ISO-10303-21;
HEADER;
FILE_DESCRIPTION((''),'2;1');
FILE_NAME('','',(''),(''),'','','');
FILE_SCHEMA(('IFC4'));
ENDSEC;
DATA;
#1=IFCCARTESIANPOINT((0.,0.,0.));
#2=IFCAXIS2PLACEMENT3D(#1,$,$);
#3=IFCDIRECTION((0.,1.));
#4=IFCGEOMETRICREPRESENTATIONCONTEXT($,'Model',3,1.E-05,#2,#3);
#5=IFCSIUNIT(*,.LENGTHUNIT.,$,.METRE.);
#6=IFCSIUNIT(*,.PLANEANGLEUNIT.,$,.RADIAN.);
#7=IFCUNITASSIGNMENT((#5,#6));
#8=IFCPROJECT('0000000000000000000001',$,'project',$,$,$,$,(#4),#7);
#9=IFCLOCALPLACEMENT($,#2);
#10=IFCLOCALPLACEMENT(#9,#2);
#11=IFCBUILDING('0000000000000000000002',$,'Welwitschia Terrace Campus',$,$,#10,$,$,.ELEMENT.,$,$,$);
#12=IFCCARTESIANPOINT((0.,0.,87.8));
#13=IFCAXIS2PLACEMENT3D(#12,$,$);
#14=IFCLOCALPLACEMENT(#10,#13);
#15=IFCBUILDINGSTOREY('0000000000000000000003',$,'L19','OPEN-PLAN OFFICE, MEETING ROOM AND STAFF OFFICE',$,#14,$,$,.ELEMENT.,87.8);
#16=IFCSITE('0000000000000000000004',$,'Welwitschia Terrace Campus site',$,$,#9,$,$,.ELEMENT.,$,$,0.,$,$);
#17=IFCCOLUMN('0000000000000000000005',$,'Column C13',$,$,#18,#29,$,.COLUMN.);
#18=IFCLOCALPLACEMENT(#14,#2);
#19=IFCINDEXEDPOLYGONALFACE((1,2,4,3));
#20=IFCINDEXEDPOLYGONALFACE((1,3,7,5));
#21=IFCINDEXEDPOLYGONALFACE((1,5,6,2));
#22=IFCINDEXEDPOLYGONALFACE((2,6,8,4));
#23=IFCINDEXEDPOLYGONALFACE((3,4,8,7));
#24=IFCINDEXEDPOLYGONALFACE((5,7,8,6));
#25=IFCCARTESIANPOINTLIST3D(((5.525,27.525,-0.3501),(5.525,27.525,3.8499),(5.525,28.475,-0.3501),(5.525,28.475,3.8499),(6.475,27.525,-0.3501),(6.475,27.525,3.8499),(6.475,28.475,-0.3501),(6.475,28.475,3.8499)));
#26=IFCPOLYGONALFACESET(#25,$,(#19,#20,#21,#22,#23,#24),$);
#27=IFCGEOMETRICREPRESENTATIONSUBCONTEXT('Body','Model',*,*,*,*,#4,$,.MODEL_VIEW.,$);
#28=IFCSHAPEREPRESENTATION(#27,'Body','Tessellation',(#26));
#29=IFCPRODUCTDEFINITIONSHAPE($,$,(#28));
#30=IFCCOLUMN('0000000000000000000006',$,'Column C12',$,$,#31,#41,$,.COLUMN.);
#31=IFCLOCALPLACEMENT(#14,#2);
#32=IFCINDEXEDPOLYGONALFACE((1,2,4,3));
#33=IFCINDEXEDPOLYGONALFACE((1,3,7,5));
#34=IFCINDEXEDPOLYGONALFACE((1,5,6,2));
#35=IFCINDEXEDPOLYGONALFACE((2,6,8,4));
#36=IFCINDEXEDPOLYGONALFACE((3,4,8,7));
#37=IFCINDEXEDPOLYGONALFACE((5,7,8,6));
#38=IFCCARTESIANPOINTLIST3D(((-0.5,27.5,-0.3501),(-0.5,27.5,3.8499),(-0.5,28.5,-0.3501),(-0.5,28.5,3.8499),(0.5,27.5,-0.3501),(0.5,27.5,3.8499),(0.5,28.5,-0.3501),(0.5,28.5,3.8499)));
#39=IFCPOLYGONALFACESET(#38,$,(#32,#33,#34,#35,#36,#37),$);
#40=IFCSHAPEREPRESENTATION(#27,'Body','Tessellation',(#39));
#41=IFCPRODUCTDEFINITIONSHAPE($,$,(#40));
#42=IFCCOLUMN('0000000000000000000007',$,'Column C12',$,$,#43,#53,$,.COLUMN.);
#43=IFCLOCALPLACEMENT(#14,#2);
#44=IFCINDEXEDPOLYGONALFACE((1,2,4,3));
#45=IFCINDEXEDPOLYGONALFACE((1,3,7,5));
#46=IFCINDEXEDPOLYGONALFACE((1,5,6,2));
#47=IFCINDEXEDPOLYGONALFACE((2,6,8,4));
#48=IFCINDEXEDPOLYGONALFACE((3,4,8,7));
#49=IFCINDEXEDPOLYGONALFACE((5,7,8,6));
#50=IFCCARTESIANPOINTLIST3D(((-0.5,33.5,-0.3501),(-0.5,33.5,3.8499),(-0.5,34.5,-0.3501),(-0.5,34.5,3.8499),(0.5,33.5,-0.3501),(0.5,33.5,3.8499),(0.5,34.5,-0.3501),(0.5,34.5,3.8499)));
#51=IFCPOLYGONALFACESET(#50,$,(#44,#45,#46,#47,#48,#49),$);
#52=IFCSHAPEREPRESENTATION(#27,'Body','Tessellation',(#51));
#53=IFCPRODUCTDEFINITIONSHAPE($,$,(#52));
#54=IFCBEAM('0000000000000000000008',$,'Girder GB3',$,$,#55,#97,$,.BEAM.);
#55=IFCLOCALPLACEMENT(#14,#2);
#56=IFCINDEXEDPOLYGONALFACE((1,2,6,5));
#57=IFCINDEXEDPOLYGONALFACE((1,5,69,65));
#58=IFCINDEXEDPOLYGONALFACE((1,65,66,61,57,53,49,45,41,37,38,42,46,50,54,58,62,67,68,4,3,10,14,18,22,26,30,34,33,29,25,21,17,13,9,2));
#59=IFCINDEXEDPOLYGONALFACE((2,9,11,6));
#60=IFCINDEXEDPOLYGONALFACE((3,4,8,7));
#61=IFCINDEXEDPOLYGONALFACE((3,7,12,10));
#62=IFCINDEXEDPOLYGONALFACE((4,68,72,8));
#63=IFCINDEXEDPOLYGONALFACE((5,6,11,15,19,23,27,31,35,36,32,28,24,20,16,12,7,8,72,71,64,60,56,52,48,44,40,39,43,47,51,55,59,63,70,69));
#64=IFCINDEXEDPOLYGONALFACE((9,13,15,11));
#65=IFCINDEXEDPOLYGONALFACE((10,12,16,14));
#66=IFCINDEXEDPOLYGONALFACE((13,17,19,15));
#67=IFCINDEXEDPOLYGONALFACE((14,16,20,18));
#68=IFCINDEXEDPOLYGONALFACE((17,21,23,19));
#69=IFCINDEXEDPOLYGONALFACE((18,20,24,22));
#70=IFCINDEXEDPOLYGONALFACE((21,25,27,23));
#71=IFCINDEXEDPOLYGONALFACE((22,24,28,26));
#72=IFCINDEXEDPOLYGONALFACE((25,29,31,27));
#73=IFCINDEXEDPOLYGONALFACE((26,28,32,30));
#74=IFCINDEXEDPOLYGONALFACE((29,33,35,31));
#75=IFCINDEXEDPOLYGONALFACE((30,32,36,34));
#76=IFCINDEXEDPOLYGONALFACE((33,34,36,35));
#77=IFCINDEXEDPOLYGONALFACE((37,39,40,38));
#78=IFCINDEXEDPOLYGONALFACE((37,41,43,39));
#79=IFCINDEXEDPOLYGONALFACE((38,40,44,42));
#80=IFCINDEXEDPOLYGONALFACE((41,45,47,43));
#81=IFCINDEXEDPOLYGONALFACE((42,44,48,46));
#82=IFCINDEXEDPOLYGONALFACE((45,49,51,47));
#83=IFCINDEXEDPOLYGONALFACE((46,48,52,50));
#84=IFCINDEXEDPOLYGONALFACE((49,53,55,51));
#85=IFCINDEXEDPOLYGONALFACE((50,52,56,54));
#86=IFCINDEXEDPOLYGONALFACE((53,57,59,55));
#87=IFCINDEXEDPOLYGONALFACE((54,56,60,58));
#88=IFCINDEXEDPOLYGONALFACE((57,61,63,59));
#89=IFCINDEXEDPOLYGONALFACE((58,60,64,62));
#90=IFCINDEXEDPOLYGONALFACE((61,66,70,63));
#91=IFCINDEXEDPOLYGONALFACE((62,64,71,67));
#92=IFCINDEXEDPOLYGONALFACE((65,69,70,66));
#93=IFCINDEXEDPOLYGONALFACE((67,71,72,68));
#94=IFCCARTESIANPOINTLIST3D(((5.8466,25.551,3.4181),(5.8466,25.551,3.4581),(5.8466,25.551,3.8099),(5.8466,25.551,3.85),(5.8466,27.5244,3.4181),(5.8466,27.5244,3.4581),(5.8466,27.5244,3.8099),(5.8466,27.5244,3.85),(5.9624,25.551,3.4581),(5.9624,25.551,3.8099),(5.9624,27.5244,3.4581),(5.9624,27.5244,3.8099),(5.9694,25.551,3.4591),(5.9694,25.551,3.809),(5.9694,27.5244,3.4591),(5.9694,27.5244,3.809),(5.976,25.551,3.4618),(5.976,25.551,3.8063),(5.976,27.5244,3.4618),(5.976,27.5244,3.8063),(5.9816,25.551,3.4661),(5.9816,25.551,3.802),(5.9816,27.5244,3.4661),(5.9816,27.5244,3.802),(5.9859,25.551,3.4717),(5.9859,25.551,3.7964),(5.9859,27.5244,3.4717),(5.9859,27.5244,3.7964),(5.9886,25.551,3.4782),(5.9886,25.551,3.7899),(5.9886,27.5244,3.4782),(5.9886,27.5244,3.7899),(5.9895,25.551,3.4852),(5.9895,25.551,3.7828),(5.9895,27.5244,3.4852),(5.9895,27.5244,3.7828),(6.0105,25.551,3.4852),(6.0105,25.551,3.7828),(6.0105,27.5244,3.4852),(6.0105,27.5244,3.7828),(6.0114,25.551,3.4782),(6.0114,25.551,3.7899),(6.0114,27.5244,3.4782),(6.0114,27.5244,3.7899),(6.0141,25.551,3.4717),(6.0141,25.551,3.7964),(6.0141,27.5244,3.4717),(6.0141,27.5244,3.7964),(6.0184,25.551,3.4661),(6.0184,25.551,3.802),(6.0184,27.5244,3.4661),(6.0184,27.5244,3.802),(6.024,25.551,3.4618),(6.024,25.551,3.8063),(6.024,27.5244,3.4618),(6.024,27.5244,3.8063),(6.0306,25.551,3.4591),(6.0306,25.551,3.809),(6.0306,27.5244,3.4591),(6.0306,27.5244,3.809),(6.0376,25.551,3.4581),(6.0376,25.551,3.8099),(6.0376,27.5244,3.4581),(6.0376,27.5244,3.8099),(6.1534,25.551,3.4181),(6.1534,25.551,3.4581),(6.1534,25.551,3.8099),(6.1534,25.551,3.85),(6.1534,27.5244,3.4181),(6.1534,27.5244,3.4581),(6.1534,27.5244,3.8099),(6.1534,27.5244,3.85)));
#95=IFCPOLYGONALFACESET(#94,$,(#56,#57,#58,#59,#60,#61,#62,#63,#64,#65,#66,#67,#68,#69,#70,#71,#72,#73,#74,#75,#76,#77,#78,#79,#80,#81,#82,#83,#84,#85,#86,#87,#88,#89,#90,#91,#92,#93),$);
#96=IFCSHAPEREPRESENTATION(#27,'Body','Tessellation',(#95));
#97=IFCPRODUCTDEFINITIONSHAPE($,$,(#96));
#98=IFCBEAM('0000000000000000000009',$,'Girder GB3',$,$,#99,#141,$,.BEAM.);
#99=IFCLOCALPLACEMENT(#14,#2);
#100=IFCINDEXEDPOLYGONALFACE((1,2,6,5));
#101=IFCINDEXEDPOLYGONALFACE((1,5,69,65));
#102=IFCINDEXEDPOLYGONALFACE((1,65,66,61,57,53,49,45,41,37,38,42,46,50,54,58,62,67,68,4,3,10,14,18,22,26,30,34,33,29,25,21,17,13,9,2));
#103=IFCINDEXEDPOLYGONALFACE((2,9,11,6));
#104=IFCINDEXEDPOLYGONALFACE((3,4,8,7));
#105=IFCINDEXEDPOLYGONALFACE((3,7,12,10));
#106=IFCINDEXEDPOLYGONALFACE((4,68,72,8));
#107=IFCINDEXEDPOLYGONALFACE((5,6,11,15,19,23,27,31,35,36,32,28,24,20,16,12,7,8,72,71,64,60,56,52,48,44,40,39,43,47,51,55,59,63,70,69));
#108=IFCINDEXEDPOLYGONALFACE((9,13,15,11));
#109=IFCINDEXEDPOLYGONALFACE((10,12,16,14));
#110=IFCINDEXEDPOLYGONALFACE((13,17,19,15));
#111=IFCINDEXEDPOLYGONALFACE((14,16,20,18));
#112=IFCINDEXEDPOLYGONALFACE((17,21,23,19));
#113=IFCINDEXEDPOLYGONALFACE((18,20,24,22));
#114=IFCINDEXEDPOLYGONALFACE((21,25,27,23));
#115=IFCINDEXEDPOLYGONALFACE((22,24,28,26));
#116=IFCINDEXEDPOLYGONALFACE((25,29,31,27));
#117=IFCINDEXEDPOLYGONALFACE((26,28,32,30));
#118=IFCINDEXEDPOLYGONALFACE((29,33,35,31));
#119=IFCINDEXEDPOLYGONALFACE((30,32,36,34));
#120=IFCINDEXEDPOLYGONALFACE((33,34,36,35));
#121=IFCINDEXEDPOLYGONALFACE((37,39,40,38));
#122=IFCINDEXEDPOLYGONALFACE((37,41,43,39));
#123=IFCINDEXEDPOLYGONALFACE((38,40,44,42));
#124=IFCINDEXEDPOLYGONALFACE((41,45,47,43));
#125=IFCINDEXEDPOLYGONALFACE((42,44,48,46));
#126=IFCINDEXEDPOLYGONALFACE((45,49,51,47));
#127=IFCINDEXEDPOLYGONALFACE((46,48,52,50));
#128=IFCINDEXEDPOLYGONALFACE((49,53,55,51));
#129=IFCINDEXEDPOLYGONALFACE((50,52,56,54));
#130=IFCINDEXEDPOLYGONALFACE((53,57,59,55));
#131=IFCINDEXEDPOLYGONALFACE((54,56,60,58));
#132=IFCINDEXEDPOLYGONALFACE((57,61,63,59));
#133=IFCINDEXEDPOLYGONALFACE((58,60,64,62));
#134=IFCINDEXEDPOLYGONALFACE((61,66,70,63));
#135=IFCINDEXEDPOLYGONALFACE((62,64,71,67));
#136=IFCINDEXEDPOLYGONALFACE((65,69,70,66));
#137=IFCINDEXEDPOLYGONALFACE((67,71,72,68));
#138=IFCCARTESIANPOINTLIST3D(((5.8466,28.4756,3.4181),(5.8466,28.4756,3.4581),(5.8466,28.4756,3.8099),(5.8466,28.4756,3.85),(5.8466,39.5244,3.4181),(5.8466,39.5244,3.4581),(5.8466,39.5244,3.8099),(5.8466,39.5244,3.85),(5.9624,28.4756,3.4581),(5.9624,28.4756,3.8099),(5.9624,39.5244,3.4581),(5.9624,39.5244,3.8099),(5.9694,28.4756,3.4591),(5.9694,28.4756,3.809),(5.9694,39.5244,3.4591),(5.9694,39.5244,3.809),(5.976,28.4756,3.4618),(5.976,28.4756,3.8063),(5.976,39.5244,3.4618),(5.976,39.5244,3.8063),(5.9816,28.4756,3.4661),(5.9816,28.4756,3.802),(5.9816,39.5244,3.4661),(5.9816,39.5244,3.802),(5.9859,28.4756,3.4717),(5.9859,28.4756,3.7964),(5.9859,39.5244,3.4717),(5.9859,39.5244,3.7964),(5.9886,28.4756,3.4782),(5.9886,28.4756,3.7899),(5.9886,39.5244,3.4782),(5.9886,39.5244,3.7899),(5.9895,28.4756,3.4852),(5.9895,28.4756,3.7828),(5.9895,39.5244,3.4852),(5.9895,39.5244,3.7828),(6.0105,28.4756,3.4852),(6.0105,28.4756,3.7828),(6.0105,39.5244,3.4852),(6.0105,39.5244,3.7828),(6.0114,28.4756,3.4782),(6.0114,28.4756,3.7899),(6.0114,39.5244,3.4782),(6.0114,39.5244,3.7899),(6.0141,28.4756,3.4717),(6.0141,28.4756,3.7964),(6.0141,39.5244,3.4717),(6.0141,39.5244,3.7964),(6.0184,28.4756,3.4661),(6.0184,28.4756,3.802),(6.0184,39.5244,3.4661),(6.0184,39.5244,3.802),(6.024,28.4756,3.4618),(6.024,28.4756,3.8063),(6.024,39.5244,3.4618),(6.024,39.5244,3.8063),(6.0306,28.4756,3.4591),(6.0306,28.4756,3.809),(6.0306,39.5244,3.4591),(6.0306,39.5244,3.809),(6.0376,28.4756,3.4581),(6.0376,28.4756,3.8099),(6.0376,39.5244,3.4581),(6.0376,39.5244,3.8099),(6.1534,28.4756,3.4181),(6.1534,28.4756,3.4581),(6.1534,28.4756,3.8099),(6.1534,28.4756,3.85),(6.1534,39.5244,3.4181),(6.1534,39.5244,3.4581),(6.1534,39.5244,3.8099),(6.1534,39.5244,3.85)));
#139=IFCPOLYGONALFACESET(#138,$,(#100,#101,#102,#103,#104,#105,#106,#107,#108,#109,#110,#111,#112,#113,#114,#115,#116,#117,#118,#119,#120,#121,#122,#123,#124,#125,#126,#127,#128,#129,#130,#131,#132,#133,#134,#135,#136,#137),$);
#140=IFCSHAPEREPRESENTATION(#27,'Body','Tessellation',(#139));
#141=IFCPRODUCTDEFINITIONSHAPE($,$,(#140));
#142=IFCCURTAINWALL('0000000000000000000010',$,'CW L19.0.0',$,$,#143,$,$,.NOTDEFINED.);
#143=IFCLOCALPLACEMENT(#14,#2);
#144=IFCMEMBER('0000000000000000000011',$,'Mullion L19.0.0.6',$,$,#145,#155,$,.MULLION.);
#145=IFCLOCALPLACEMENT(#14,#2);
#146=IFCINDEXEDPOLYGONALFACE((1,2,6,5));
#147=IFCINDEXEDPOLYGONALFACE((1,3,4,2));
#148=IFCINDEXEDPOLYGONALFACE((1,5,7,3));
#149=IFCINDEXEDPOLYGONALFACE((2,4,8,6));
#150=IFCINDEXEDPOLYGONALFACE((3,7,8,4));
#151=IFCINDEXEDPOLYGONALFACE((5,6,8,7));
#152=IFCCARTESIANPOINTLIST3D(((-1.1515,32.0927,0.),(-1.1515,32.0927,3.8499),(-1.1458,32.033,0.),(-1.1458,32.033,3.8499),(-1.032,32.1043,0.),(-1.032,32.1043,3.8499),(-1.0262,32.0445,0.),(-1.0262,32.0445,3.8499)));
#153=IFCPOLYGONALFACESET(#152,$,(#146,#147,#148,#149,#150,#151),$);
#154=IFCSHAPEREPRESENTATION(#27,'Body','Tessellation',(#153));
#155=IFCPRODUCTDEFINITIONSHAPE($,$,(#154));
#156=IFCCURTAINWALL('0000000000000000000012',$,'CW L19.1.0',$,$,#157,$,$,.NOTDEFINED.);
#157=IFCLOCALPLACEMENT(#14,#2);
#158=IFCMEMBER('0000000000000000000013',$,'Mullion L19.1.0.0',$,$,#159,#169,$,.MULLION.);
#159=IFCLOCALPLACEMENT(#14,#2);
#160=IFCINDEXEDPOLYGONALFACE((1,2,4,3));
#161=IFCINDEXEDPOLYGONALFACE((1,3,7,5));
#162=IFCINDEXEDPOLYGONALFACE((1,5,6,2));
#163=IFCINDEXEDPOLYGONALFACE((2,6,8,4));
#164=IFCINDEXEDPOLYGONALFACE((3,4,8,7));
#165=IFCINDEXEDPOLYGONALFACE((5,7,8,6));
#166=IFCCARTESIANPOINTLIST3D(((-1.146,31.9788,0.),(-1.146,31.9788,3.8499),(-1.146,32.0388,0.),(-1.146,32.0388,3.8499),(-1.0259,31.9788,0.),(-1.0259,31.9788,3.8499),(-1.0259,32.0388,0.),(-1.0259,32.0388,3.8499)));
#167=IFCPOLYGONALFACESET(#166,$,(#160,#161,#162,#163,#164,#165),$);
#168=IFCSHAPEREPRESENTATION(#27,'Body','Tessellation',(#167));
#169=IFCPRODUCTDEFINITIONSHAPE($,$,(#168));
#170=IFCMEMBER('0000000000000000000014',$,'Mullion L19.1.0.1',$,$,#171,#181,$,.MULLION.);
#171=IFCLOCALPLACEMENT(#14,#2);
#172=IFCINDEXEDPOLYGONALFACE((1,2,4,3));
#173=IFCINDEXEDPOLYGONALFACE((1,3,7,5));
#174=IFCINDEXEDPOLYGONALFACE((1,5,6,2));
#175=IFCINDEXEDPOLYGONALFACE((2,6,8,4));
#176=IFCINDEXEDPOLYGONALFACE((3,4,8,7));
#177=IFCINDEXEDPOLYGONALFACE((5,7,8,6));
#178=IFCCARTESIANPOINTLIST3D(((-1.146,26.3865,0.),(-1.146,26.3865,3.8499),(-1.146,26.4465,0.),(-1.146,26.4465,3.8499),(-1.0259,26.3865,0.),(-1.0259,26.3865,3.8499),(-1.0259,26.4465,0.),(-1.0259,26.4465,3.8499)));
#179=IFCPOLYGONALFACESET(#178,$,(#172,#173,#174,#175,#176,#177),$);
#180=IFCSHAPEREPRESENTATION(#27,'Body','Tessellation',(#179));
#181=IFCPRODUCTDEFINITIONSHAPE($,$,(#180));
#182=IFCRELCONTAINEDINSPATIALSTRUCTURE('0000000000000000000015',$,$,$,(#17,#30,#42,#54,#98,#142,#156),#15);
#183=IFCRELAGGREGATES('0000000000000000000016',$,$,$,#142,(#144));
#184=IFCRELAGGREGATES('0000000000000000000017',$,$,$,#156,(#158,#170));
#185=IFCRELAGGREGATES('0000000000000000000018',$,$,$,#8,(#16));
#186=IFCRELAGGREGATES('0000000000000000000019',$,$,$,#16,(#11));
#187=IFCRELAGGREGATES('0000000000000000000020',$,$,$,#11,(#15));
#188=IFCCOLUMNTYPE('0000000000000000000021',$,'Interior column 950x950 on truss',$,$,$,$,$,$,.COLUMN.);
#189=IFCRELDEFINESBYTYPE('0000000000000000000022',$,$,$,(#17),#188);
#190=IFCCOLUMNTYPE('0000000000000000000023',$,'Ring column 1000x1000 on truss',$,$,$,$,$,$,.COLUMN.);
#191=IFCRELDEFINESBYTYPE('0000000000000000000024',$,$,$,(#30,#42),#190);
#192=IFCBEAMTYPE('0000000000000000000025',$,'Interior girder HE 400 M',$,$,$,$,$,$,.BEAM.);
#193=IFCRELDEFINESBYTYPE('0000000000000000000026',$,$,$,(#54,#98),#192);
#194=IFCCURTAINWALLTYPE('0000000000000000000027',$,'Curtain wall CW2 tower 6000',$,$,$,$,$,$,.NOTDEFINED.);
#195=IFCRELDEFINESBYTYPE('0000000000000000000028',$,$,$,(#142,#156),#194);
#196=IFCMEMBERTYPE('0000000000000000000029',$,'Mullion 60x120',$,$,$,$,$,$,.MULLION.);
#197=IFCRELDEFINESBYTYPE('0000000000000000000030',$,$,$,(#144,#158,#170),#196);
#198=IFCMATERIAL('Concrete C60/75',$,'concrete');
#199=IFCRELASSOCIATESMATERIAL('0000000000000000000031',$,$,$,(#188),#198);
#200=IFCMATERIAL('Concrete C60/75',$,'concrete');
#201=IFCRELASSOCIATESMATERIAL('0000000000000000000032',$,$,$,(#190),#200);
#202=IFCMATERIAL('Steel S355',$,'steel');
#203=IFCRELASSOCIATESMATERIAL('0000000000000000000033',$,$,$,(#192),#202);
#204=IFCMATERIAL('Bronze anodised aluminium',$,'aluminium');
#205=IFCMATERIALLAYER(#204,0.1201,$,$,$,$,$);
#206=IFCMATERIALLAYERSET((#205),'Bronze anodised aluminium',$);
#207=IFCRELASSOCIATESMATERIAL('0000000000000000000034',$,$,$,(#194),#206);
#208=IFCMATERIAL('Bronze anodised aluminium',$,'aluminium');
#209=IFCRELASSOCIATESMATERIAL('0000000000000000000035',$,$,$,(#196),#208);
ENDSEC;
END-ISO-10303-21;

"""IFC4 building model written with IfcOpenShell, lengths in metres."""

from ifc_helpers import new_model, si_unit, direction, frame, origin, origin_2d, place, context, subcontext, project, spatial, rectangle, i_section, extrude, material, layer, layer_set, material_profile, profile_set, type_object, element, aggregate, save


model = new_model("IFC4")

# Units and contexts
model_context = context("Model", 3, precision=1e-05, world=origin(), true_north=direction((0.0, 1.0)))
body_context = subcontext(model_context, "Body", "Model", "MODEL_VIEW")
ifc_project = project(units=[si_unit("LENGTHUNIT", "METRE"), si_unit("PLANEANGLEUNIT", "RADIAN")], contexts=[model_context])

# Site, building, storey
site_placement = place(None, origin())
site = spatial("IfcSite", under=ifc_project, at=site_placement, Name="Welwitschia Terrace Campus site", CompositionType="ELEMENT", RefElevation=0.0)
building_placement = place(site_placement, origin())
building = spatial("IfcBuilding", under=site, at=building_placement, Name="Welwitschia Terrace Campus", CompositionType="ELEMENT")
storey_placement = place(building_placement, frame((0.0, 0.0, 87.8)))
storey = spatial("IfcBuildingStorey", under=building, at=storey_placement, Name="L19", Description="OPEN-PLAN OFFICE, MEETING ROOM AND STAFF OFFICE", CompositionType="ELEMENT", Elevation=87.8)

# Columns
ifc_material_1 = material(Name="Concrete C60/75", Category="concrete")
ifc_material_profile_1 = material_profile(ifc_material_1, rectangle(XDim=0.95, YDim=0.95, at=origin_2d()))
ifc_profile_set_1 = profile_set([ifc_material_profile_1], Name="Concrete C60/75")
column_type_1 = type_object("IfcColumnType", Name="Interior column 950x950 on truss", PredefinedType="COLUMN", material=ifc_profile_set_1)
column_placement = place(storey_placement, frame((6.0, 28.0, -0.3501), z_axis=(0.0, 0.0, 1.0), x_axis=(1.0, 0.0, 0.0)))
element("IfcColumn", 1, at=column_placement, inside=storey, type_object=column_type_1, Name="Column C13", PredefinedType="COLUMN", context=body_context, shape_type="SweptSolid", body=[
    extrude(rectangle(XDim=0.95, YDim=0.95, at=origin_2d()), origin(), (0.0, 0.0, 1.0), 4.2),
])
ifc_material_2 = material(Name="Concrete C60/75", Category="concrete")
ifc_material_profile_2 = material_profile(ifc_material_2, rectangle(XDim=1.0, YDim=1.0, at=origin_2d()))
ifc_profile_set_2 = profile_set([ifc_material_profile_2], Name="Concrete C60/75")
column_type_2 = type_object("IfcColumnType", Name="Ring column 1000x1000 on truss", PredefinedType="COLUMN", material=ifc_profile_set_2)
for number, where, z_axis, x_axis, name in (
    (2, (0.0, 28.0, -0.3501), (0.0, 0.0, 1.0), (1.0, 0.0, 0.0), "Column C12"),
    (3, (0.0, 34.0, -0.3501), (0.0, 0.0, 1.0), (1.0, 0.0, 0.0), "Column C12"),
):
    element("IfcColumn", number, at=place(storey_placement, frame(where, z_axis=z_axis, x_axis=x_axis)), inside=storey, type_object=column_type_2, Name=name, PredefinedType="COLUMN", context=body_context, shape_type="SweptSolid", body=[
        extrude(rectangle(XDim=1.0, YDim=1.0, at=origin_2d()), origin(), (0.0, 0.0, 1.0), 4.2),
    ])

# Beams
ifc_material_3 = material(Name="Steel S355", Category="steel")
ifc_material_profile_3 = material_profile(ifc_material_3, i_section(OverallWidth=0.3069, OverallDepth=0.4319, WebThickness=0.021, FlangeThickness=0.04, FilletRadius=0.0271, at=origin_2d()))
ifc_profile_set_3 = profile_set([ifc_material_profile_3], Name="Steel S355")
beam_type_1 = type_object("IfcBeamType", Name="Interior girder HE 400 M", PredefinedType="BEAM", material=ifc_profile_set_3)
beam_1_placement = place(storey_placement, frame((6.0, 25.551, 3.634), z_axis=(0.0, 1.0, 0.0), x_axis=(-1.0, 0.0, 0.0)))
element("IfcBeam", 4, at=beam_1_placement, inside=storey, type_object=beam_type_1, Name="Girder GB3", PredefinedType="BEAM", context=body_context, shape_type="SweptSolid", body=[
    extrude(i_section(OverallWidth=0.3069, OverallDepth=0.4319, WebThickness=0.021, FlangeThickness=0.04, FilletRadius=0.0271, at=origin_2d()), origin(), (0.0, 0.0, 1.0), 1.9734),
])
beam_2_placement = place(storey_placement, frame((6.0, 28.4756, 3.634), z_axis=(0.0, 1.0, 0.0), x_axis=(-1.0, 0.0, 0.0)))
element("IfcBeam", 5, at=beam_2_placement, inside=storey, type_object=beam_type_1, Name="Girder GB3", PredefinedType="BEAM", context=body_context, shape_type="SweptSolid", body=[
    extrude(i_section(OverallWidth=0.3069, OverallDepth=0.4319, WebThickness=0.021, FlangeThickness=0.04, FilletRadius=0.0271, at=origin_2d()), origin(), (0.0, 0.0, 1.0), 11.0488),
])

# Curtain wall, member
ifc_material_4 = material(Name="Bronze anodised aluminium", Category="aluminium")
ifc_layer_1 = layer(ifc_material_4, 0.1201)
ifc_layer_set_1 = layer_set([ifc_layer_1], Name="Bronze anodised aluminium")
curtain_wall_type = type_object("IfcCurtainWallType", Name="Curtain wall CW2 tower 6000", PredefinedType="NOTDEFINED", material=ifc_layer_set_1)
curtain_wall_1_placement = place(storey_placement, origin())
curtain_wall_1 = element("IfcCurtainWall", 6, at=curtain_wall_1_placement, inside=storey, type_object=curtain_wall_type, Name="CW L19.0.0", PredefinedType="NOTDEFINED")
ifc_material_5 = material(Name="Bronze anodised aluminium", Category="aluminium")
ifc_material_profile_4 = material_profile(ifc_material_5, rectangle(XDim=0.1201, YDim=0.0601, at=origin_2d()))
ifc_profile_set_4 = profile_set([ifc_material_profile_4], Name="Bronze anodised aluminium")
member_type_1 = type_object("IfcMemberType", Name="Mullion 60x120", PredefinedType="MULLION", material=ifc_profile_set_4)
member_1_placement = place(storey_placement, frame((-1.0889, 32.0686, 0.0), z_axis=(0.0, 0.0, 1.0), x_axis=(0.995396, 0.095846, 0.0)))
member_1 = element("IfcMember", 7, at=member_1_placement, type_object=member_type_1, Name="Mullion L19.0.0.6", PredefinedType="MULLION", context=body_context, shape_type="SweptSolid", body=[
    extrude(rectangle(XDim=0.1201, YDim=0.0601, at=origin_2d()), origin(), (0.0, 0.0, 1.0), 3.8499),
])
aggregate(curtain_wall_1, [member_1])

# Curtain wall, members
curtain_wall_2_placement = place(storey_placement, origin())
curtain_wall_2 = element("IfcCurtainWall", 8, at=curtain_wall_2_placement, inside=storey, type_object=curtain_wall_type, Name="CW L19.1.0", PredefinedType="NOTDEFINED")
member_2_placement = place(storey_placement, frame((-1.0859, 32.0088, 0.0), z_axis=(0.0, 0.0, 1.0), x_axis=(1.0, 0.0, 0.0)))
member_2 = element("IfcMember", 9, at=member_2_placement, type_object=member_type_1, Name="Mullion L19.1.0.0", PredefinedType="MULLION", context=body_context, shape_type="SweptSolid", body=[
    extrude(rectangle(XDim=0.1201, YDim=0.0601, at=origin_2d()), origin(), (0.0, 0.0, 1.0), 3.8499),
])
member_3_placement = place(storey_placement, frame((-1.0859, 26.4165, 0.0), z_axis=(0.0, 0.0, 1.0), x_axis=(1.0, 0.0, 0.0)))
member_3 = element("IfcMember", 10, at=member_3_placement, type_object=member_type_1, Name="Mullion L19.1.0.1", PredefinedType="MULLION", context=body_context, shape_type="SweptSolid", body=[
    extrude(rectangle(XDim=0.1201, YDim=0.0601, at=origin_2d()), origin(), (0.0, 0.0, 1.0), 3.8499),
])

aggregate(curtain_wall_2, [member_2, member_3])

save(model, "model.ifc")
